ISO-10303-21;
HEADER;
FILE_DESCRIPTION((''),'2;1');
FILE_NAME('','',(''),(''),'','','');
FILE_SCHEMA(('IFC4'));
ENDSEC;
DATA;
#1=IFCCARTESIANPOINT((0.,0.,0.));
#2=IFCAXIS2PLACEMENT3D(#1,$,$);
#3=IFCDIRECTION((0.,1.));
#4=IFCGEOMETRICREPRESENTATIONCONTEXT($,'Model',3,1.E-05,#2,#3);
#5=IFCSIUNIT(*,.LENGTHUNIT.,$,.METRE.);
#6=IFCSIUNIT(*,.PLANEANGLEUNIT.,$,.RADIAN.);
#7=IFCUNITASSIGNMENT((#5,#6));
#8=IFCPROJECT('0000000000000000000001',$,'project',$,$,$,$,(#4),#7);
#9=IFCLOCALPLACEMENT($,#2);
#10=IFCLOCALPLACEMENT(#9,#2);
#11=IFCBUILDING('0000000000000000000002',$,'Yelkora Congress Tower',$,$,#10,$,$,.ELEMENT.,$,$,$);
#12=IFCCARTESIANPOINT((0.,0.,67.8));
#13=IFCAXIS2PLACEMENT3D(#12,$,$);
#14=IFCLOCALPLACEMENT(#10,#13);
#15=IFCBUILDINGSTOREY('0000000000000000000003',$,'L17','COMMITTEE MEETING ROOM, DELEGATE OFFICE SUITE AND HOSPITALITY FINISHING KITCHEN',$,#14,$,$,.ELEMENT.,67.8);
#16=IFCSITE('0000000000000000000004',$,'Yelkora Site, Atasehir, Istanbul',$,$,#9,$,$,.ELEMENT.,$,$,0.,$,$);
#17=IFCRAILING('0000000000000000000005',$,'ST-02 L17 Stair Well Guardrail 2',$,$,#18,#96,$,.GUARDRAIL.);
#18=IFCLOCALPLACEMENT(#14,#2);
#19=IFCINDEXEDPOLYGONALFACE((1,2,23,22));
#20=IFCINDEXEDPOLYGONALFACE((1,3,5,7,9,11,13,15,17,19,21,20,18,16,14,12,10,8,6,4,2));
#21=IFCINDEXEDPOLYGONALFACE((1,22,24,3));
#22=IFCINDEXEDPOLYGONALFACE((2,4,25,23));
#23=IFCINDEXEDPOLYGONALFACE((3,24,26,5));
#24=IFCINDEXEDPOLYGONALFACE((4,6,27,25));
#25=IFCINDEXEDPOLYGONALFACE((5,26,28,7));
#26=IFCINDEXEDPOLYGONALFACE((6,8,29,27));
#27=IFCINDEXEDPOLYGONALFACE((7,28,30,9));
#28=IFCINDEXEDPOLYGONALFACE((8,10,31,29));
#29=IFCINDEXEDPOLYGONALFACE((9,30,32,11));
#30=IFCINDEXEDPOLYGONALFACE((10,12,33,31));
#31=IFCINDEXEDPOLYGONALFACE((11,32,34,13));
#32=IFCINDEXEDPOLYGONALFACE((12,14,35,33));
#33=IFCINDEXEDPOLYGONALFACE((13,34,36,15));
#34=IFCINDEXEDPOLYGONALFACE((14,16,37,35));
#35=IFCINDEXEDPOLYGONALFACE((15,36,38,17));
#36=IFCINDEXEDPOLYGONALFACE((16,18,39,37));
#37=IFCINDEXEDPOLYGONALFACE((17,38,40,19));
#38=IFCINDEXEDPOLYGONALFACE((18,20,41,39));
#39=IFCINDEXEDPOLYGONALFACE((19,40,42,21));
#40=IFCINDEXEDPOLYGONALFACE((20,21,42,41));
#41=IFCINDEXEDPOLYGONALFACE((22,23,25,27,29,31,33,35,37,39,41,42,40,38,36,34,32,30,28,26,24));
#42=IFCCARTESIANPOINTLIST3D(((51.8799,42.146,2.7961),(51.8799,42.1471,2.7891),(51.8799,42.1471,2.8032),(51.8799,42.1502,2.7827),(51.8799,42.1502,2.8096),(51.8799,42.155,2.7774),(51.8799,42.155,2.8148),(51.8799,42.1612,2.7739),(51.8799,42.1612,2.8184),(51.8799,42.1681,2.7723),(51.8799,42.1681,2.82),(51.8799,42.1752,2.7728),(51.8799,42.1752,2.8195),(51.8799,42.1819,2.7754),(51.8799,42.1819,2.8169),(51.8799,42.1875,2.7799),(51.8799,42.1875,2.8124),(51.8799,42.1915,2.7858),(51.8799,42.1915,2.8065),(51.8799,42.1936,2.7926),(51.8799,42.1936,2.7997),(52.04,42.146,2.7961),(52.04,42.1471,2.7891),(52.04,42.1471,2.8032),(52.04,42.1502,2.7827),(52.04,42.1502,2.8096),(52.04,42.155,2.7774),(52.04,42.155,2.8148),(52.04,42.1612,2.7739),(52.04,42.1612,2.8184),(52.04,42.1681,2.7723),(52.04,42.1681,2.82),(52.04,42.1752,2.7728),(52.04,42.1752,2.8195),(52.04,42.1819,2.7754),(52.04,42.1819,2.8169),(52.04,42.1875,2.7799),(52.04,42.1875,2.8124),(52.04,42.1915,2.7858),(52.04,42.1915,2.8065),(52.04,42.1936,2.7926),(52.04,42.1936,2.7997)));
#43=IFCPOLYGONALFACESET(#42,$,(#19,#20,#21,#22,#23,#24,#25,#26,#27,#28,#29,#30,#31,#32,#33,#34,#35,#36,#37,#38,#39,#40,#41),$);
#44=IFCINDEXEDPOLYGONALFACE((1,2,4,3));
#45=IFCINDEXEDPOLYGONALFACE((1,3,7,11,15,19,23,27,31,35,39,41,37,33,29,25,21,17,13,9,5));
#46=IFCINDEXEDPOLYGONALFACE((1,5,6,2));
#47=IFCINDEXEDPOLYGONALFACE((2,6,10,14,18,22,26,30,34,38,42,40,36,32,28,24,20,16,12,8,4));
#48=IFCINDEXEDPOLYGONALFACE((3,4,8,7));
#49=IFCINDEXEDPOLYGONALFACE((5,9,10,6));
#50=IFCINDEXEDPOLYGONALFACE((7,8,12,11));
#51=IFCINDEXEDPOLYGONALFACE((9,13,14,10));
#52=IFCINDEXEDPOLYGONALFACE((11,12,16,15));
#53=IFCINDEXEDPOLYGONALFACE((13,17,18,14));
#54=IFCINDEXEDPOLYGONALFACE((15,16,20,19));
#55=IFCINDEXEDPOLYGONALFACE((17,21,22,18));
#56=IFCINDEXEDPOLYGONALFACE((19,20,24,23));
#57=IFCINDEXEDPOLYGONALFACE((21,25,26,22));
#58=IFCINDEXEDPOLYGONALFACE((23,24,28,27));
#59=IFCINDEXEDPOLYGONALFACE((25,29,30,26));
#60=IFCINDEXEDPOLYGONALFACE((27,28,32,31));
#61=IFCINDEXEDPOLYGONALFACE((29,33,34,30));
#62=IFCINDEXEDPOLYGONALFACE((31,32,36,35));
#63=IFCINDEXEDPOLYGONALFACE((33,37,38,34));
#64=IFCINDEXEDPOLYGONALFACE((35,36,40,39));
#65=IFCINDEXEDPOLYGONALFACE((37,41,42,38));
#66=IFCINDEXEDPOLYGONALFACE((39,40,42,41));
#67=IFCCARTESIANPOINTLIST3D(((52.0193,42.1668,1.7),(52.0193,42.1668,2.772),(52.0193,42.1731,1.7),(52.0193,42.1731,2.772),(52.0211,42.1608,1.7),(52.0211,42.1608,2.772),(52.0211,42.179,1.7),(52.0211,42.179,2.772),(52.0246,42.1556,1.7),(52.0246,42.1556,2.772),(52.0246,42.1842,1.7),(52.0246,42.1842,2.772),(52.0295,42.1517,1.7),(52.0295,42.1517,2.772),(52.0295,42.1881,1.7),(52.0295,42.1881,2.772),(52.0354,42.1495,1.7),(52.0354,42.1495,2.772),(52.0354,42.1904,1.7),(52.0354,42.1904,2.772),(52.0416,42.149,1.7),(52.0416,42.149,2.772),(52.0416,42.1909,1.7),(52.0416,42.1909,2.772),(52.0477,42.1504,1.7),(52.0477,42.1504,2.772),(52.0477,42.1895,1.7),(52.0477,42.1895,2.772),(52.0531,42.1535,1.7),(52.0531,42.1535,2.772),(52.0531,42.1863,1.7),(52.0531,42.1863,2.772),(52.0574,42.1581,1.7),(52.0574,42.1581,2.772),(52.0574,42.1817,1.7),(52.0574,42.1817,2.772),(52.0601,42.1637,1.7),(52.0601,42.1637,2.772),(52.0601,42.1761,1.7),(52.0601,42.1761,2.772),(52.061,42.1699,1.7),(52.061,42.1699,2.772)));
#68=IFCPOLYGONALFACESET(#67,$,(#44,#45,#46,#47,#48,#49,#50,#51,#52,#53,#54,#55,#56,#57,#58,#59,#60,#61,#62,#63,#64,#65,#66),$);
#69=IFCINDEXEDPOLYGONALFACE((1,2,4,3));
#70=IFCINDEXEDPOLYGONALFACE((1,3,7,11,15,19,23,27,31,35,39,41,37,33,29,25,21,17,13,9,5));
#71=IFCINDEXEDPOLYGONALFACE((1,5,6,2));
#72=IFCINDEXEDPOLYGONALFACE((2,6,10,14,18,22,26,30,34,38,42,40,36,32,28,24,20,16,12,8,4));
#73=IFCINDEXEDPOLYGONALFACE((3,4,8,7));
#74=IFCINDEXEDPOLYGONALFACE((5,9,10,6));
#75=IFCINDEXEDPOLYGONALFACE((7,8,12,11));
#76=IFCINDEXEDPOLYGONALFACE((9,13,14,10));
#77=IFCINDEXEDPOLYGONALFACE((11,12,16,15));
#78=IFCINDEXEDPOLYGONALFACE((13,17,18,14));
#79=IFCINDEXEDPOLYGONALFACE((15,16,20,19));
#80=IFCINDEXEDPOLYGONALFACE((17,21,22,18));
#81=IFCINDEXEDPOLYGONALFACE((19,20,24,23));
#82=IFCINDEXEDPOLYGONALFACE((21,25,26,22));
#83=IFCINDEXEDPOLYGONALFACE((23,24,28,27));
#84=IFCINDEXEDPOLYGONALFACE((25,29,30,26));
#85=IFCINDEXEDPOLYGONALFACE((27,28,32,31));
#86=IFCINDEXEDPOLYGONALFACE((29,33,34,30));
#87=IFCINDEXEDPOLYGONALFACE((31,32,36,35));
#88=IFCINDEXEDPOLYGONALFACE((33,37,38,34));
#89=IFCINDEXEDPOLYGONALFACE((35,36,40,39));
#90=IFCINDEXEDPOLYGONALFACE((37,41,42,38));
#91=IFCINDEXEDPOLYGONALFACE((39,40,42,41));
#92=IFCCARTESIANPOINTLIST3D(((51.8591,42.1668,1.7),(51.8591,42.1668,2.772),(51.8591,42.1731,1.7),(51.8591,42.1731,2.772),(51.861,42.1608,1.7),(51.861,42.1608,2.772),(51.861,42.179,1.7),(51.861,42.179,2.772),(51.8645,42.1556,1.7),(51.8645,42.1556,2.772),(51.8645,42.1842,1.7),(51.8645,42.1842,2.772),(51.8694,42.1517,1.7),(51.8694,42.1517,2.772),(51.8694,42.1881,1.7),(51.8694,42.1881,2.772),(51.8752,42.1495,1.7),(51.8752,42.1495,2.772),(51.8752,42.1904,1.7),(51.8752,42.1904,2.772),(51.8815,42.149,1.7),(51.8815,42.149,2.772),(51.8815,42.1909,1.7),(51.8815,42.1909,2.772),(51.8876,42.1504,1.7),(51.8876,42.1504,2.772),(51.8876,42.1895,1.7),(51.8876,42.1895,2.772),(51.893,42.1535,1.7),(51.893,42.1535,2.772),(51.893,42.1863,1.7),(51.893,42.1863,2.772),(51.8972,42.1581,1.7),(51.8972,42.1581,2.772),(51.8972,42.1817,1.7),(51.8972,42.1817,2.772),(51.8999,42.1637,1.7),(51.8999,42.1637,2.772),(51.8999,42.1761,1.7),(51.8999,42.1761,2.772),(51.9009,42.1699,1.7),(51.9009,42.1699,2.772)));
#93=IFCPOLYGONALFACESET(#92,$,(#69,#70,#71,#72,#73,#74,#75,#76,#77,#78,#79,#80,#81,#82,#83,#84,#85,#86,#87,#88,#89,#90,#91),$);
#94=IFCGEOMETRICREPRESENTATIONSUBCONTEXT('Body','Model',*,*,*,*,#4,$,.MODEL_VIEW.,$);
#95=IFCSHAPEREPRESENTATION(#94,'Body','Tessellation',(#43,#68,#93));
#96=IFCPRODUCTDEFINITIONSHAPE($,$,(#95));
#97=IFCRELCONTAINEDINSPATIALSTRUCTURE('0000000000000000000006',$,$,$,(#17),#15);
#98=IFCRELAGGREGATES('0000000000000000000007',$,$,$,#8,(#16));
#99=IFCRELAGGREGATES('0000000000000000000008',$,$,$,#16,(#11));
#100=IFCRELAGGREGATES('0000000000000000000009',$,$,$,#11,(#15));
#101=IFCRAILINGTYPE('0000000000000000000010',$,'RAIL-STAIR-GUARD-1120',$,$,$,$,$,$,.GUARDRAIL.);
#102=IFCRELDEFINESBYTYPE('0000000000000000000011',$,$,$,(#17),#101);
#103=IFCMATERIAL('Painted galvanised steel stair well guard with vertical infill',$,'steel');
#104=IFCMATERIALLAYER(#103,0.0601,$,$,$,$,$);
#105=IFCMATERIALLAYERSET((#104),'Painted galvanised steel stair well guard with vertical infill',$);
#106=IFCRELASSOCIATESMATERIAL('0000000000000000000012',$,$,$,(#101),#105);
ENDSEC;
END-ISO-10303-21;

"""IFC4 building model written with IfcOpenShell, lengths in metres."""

from ifc_helpers import new_model, si_unit, direction, frame, origin, origin_2d, place, context, subcontext, project, spatial, circle, extrude, material, layer, layer_set, type_object, element, save


model = new_model("IFC4")

# Units and contexts
model_context = context("Model", 3, precision=1e-05, world=origin(), true_north=direction((0.0, 1.0)))
body_context = subcontext(model_context, "Body", "Model", "MODEL_VIEW")
ifc_project = project(units=[si_unit("LENGTHUNIT", "METRE"), si_unit("PLANEANGLEUNIT", "RADIAN")], contexts=[model_context])

# Site, building, storey
site_placement = place(None, origin())
site = spatial("IfcSite", under=ifc_project, at=site_placement, Name="Yelkora Site, Atasehir, Istanbul", CompositionType="ELEMENT", RefElevation=0.0)
building_placement = place(site_placement, origin())
building = spatial("IfcBuilding", under=site, at=building_placement, Name="Yelkora Congress Tower", CompositionType="ELEMENT")
storey_placement = place(building_placement, frame((0.0, 0.0, 67.8)))
storey = spatial("IfcBuildingStorey", under=building, at=storey_placement, Name="L17", Description="COMMITTEE MEETING ROOM, DELEGATE OFFICE SUITE AND HOSPITALITY FINISHING KITCHEN", CompositionType="ELEMENT", Elevation=67.8)

# Railing
ifc_material_1 = material(Name="Painted galvanised steel stair well guard with vertical infill", Category="steel")
ifc_layer_1 = layer(ifc_material_1, 0.0601)
ifc_layer_set_1 = layer_set([ifc_layer_1], Name="Painted galvanised steel stair well guard with vertical infill")
railing_type_1 = type_object("IfcRailingType", Name="RAIL-STAIR-GUARD-1120", PredefinedType="GUARDRAIL", material=ifc_layer_set_1)
railing_1_placement = place(storey_placement, frame((52.04, 42.1699, 1.7)))
element("IfcRailing", 1, at=railing_1_placement, inside=storey, type_object=railing_type_1, Name="ST-02 L17 Stair Well Guardrail 2", PredefinedType="GUARDRAIL", context=body_context, shape_type="SweptSolid", body=[
    extrude(circle(Radius=0.0239, at=origin_2d()), frame((0.0, 0.0, 1.0962), z_axis=(-1.0, 0.0, 0.0), x_axis=(0.0, -1.0, 0.0)), (0.0, 0.0, 1.0), 0.1602),
    extrude(circle(Radius=0.021, at=origin_2d()), origin(), (0.0, 0.0, 1.0), 1.072),
    extrude(circle(Radius=0.021, at=origin_2d()), frame((-0.1602, 0.0, 0.0)), (0.0, 0.0, 1.0), 1.072),
])

save(model, "model.ifc")
